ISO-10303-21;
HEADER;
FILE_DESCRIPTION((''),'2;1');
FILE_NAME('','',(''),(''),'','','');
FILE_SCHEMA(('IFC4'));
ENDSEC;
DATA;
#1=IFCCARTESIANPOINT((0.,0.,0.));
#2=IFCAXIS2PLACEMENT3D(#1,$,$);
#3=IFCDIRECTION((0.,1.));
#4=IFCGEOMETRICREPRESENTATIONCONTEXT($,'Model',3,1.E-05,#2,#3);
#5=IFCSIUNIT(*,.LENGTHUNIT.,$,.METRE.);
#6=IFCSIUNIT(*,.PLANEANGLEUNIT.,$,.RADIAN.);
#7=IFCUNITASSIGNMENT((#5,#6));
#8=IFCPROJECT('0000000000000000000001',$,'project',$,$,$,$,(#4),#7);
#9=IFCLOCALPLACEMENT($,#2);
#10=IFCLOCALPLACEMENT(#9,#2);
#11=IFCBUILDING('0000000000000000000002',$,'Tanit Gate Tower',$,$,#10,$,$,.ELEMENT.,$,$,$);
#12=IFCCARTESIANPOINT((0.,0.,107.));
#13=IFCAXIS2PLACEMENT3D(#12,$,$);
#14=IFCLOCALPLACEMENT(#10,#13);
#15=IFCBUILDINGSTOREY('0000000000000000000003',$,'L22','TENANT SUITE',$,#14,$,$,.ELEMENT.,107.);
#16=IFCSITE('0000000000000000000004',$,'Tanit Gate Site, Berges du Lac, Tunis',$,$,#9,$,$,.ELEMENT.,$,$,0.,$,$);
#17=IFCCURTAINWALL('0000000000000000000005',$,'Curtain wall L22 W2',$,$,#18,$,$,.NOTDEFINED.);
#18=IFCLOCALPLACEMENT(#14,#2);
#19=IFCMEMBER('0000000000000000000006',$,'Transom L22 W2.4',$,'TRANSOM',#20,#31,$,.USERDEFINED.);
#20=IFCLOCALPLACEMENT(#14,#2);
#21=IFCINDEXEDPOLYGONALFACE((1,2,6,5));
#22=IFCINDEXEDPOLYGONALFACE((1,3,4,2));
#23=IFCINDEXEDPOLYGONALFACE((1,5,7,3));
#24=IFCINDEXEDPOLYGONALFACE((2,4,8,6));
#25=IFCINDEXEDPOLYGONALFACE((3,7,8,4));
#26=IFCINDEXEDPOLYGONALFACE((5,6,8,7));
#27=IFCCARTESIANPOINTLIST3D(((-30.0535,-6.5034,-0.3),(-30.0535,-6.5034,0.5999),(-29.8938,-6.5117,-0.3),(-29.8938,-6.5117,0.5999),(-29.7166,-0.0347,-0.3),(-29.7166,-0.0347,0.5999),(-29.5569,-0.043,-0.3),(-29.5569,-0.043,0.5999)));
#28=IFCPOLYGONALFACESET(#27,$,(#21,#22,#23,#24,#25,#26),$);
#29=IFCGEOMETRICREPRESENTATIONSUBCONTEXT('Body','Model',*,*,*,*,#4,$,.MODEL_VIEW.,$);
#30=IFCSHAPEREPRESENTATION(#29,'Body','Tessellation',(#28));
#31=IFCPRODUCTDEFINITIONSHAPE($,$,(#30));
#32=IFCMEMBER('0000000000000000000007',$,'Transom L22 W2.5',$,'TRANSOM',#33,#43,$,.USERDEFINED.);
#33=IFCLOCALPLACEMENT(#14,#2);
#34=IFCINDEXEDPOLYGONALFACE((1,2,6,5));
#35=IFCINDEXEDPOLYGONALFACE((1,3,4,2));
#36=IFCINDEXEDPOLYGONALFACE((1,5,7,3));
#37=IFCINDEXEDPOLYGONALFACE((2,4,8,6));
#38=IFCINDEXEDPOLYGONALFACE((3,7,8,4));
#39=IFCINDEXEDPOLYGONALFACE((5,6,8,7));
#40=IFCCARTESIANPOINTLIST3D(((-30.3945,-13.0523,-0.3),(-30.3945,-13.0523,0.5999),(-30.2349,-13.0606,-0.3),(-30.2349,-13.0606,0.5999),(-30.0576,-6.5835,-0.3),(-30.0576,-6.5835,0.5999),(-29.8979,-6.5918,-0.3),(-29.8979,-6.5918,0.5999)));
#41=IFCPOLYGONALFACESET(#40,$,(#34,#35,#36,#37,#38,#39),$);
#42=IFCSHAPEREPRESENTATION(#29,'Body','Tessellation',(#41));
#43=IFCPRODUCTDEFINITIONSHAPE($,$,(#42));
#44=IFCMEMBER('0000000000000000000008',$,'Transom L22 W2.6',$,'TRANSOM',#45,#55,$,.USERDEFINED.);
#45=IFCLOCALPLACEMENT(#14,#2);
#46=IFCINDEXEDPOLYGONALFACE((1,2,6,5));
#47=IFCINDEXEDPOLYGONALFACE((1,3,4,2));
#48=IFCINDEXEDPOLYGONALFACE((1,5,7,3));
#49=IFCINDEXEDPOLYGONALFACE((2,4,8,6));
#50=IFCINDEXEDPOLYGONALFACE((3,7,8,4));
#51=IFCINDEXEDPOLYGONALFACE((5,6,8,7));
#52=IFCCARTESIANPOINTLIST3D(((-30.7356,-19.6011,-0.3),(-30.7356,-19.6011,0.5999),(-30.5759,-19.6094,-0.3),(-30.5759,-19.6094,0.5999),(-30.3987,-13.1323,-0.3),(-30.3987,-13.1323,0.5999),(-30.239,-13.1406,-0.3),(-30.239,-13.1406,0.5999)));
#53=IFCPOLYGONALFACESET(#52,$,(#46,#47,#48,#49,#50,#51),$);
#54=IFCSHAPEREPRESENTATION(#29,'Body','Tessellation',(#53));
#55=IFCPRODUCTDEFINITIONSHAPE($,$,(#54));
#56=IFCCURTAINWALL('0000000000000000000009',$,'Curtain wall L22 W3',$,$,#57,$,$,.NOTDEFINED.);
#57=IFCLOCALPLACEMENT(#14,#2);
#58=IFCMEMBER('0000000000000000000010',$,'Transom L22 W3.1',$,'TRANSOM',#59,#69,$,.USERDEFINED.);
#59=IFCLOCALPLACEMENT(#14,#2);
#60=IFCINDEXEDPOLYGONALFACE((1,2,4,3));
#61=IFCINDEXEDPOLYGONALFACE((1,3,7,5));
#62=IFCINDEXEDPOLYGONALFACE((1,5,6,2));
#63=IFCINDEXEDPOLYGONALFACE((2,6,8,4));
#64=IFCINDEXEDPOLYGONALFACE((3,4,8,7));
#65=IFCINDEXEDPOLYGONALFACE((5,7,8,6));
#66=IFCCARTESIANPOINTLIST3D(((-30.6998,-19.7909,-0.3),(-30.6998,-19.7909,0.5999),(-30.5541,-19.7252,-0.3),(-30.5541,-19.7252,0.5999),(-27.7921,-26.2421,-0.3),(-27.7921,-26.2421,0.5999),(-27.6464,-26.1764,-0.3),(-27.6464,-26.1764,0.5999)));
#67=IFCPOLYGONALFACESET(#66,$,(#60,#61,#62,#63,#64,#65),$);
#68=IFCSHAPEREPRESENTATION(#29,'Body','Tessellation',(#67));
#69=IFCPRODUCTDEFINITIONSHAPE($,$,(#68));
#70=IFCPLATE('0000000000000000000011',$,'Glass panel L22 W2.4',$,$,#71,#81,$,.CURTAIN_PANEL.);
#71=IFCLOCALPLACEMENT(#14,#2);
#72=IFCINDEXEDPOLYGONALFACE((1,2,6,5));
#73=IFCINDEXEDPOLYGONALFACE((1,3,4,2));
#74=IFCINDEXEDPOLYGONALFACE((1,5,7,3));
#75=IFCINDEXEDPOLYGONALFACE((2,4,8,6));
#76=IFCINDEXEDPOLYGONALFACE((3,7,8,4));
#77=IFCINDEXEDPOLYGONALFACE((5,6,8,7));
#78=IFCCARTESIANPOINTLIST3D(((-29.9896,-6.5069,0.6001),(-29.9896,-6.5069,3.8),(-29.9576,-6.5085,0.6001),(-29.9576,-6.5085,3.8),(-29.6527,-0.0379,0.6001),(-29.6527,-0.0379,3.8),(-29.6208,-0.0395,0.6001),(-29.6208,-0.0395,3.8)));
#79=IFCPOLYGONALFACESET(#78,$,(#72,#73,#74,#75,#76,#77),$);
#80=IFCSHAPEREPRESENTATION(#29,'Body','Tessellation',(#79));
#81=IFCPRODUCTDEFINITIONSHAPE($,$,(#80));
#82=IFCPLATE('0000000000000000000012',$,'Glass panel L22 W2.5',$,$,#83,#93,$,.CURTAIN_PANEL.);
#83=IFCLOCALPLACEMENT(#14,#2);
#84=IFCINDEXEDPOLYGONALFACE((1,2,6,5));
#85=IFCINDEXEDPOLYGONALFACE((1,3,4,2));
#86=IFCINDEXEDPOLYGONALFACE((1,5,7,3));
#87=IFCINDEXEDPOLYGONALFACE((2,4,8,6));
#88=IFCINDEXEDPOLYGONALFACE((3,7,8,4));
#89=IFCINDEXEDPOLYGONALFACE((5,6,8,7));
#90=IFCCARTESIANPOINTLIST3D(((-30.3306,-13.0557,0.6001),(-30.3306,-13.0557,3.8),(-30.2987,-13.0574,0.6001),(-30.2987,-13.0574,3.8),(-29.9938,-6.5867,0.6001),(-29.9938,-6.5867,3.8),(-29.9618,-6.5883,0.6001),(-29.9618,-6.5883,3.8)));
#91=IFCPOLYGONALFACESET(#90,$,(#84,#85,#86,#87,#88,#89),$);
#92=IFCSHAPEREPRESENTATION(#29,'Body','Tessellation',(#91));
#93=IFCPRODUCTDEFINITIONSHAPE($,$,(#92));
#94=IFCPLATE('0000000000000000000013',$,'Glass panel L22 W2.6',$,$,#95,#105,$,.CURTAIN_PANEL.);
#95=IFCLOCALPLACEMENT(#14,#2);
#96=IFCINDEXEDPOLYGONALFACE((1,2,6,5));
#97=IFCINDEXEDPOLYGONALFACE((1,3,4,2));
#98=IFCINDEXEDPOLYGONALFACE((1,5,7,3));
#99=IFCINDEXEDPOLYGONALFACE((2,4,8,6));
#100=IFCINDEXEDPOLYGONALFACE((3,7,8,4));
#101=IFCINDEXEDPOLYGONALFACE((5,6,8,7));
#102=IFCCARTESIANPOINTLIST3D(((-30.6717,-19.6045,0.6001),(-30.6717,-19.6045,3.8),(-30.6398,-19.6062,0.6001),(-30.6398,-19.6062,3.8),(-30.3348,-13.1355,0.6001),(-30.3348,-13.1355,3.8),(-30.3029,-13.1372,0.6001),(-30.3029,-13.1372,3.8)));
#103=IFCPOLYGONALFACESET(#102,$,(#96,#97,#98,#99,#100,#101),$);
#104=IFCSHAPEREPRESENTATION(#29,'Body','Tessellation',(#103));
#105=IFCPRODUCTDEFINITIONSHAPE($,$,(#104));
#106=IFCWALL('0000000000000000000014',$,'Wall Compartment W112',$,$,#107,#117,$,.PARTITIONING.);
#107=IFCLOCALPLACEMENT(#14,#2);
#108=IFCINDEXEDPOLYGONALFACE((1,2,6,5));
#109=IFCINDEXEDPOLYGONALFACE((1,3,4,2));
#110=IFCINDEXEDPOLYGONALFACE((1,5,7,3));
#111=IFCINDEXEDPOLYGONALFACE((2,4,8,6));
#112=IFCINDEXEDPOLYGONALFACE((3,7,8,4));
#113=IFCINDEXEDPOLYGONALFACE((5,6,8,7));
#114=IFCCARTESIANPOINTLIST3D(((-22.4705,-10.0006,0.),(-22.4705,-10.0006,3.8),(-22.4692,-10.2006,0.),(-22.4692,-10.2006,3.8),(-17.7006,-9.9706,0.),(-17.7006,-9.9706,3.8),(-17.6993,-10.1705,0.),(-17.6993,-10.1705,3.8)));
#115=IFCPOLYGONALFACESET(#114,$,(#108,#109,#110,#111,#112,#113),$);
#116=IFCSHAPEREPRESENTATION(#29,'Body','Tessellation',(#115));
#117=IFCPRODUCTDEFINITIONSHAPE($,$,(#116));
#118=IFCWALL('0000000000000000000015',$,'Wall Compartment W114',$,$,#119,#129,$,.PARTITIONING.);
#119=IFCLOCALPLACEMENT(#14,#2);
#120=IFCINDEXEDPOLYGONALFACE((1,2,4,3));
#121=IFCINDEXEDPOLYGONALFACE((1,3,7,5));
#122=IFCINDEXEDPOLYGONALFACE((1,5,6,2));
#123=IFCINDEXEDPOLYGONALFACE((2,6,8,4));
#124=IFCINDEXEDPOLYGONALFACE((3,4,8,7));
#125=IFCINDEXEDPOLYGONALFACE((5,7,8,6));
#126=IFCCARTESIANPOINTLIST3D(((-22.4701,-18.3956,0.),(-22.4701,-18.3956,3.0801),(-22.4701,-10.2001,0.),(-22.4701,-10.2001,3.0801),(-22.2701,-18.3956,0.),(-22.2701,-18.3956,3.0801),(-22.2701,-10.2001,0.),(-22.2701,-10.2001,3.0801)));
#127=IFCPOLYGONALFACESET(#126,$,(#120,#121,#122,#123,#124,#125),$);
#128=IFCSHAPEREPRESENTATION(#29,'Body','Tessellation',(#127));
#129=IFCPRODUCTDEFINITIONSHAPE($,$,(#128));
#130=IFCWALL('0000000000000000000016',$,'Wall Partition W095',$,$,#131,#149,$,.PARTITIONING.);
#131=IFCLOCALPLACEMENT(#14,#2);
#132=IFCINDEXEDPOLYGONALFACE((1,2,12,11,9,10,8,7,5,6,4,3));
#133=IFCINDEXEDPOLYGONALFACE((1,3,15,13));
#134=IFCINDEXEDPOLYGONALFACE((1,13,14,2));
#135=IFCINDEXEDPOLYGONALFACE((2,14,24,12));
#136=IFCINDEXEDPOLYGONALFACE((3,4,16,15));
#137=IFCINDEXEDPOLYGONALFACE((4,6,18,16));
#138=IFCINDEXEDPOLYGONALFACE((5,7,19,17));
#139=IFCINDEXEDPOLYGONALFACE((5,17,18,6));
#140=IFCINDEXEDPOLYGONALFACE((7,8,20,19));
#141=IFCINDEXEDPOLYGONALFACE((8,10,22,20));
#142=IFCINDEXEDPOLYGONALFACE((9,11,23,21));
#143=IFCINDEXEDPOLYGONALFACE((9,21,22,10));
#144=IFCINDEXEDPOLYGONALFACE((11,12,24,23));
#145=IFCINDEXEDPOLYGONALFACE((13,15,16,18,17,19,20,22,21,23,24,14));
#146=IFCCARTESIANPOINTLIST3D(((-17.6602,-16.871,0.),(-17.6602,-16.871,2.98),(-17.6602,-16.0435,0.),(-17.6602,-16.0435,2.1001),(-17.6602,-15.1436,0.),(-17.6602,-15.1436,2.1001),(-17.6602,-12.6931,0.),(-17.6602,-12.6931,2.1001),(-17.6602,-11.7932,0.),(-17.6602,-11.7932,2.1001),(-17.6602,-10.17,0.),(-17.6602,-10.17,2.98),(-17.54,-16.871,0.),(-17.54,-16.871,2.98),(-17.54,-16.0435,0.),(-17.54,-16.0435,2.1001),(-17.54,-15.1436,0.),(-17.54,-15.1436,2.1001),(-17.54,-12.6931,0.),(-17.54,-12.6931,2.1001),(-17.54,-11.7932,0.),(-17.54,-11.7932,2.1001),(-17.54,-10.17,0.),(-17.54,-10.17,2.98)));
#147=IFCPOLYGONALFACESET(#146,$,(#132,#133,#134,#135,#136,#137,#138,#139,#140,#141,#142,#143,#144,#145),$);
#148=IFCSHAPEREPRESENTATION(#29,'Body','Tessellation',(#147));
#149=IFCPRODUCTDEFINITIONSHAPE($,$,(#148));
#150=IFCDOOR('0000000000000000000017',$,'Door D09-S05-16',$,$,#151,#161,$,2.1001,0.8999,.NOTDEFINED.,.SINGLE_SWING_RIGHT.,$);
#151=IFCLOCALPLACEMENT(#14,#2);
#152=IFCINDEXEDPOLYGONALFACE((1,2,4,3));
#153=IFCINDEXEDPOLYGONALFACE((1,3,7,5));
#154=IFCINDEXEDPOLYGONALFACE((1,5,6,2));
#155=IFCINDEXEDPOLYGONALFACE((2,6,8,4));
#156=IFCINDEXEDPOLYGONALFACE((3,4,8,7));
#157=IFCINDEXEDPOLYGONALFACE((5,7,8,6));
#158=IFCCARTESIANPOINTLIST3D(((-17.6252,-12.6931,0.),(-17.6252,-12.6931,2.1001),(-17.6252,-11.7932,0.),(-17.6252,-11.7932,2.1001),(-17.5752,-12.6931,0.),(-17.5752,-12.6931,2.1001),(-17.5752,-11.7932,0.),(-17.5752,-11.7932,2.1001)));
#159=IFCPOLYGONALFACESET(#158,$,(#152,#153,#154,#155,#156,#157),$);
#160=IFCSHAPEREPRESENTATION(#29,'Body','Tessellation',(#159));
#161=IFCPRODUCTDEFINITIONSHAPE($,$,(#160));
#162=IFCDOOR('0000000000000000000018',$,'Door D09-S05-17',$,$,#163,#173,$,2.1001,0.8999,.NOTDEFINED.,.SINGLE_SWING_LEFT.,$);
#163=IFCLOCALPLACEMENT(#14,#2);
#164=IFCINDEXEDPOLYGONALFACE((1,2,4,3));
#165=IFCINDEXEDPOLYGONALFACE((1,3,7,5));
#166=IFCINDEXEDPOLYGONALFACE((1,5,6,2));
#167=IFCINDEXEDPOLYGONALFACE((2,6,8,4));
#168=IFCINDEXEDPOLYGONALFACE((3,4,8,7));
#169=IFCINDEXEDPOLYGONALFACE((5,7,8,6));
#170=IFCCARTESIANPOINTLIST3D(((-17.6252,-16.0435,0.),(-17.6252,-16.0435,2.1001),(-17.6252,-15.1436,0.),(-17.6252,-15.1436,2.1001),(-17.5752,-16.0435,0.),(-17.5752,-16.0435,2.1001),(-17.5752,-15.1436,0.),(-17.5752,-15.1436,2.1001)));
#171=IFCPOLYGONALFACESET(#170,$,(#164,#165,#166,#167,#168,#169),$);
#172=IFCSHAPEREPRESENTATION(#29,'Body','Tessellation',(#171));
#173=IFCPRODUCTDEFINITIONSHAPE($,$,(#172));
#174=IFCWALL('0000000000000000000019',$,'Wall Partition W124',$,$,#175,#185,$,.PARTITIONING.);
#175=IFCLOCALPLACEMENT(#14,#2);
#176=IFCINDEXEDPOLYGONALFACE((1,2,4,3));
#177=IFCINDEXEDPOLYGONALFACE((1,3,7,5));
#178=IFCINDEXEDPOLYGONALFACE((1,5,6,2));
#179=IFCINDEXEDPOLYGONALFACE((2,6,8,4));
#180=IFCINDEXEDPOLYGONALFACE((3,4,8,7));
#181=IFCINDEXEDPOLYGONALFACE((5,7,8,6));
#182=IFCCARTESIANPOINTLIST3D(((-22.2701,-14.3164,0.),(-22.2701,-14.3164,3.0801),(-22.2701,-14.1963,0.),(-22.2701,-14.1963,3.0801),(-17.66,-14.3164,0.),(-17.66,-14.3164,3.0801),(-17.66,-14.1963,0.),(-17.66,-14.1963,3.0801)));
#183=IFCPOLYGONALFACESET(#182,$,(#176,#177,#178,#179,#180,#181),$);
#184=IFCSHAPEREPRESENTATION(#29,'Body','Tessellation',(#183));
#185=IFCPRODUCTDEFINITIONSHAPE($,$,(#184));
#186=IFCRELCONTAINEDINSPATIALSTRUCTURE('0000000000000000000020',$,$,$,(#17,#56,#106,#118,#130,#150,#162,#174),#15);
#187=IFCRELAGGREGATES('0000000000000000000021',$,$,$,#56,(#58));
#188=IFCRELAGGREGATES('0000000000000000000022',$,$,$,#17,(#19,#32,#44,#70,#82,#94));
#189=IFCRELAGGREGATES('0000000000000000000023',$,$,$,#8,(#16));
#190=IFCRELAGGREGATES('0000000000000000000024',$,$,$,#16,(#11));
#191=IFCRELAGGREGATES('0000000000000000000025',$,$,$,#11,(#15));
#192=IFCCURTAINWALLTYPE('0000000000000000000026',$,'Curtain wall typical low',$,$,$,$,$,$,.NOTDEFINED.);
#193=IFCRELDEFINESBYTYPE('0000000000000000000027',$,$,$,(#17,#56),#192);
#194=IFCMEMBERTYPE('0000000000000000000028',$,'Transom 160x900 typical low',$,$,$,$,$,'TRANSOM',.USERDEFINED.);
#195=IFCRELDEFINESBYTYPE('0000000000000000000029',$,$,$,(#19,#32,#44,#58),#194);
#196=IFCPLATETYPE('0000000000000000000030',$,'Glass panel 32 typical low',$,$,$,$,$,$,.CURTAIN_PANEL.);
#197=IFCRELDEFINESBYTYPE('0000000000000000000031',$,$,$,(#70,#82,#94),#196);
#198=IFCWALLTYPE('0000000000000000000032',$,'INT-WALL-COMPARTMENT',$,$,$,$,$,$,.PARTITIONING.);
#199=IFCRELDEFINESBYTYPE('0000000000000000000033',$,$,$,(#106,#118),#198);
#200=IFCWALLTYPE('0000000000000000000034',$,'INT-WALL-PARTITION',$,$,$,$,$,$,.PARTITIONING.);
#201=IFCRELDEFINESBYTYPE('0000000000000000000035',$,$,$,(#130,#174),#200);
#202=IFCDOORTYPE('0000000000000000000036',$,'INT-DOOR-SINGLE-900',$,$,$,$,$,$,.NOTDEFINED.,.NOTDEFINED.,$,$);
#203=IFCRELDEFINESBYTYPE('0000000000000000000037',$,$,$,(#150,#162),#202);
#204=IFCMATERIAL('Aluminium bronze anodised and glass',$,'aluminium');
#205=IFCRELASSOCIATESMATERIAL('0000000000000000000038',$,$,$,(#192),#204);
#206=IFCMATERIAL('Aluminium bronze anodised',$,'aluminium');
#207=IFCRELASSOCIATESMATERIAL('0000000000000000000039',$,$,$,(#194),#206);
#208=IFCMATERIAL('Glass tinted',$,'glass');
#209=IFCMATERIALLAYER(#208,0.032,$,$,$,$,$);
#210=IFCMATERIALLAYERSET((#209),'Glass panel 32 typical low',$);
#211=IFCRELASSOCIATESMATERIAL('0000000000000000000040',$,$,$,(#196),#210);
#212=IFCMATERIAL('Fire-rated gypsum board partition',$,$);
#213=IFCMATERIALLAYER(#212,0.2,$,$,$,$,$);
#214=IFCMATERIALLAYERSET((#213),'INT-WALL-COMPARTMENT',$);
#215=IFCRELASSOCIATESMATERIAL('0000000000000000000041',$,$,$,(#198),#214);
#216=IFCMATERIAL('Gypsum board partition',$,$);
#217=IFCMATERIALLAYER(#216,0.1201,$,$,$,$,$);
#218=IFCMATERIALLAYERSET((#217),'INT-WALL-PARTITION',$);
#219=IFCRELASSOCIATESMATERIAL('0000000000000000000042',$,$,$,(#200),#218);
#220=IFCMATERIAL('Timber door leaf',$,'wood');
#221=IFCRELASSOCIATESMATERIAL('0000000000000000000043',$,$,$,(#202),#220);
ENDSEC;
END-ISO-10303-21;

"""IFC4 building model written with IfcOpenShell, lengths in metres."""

from ifc_helpers import new_model, si_unit, direction, frame, frame_2d, origin, origin_2d, place, context, subcontext, project, spatial, rectangle, extrude, material, layer, layer_set, material_profile, profile_set, type_object, element, fill, aggregate, save


model = new_model("IFC4")

# Units and contexts
model_context = context("Model", 3, precision=1e-05, world=origin(), true_north=direction((0.0, 1.0)))
body_context = subcontext(model_context, "Body", "Model", "MODEL_VIEW")
ifc_project = project(units=[si_unit("LENGTHUNIT", "METRE"), si_unit("PLANEANGLEUNIT", "RADIAN")], contexts=[model_context])

# Site, building, storey
site_placement = place(None, origin())
site = spatial("IfcSite", under=ifc_project, at=site_placement, Name="Tanit Gate Site, Berges du Lac, Tunis", CompositionType="ELEMENT", RefElevation=0.0)
building_placement = place(site_placement, origin())
building = spatial("IfcBuilding", under=site, at=building_placement, Name="Tanit Gate Tower", CompositionType="ELEMENT")
storey_placement = place(building_placement, frame((0.0, 0.0, 107.0)))
storey = spatial("IfcBuildingStorey", under=building, at=storey_placement, Name="L22", Description="TENANT SUITE", CompositionType="ELEMENT", Elevation=107.0)

# Curtain wall
ifc_material_1 = material(Name="Aluminium bronze anodised and glass", Category="aluminium")
curtain_wall_type = type_object("IfcCurtainWallType", Name="Curtain wall typical low", PredefinedType="NOTDEFINED", material=ifc_material_1)
curtain_wall_1_placement = place(storey_placement, origin())
curtain_wall_1 = element("IfcCurtainWall", 1, at=curtain_wall_1_placement, inside=storey, type_object=curtain_wall_type, Name="Curtain wall L22 W2", PredefinedType="NOTDEFINED")

# Members
ifc_material_2 = material(Name="Aluminium bronze anodised", Category="aluminium")
ifc_material_profile_1 = material_profile(ifc_material_2, rectangle(XDim=0.1599, YDim=0.8999, at=origin_2d()), Name="160x900 bronze transom")
ifc_profile_set_1 = profile_set([ifc_material_profile_1], Name="Aluminium bronze anodised")
member_type_1 = type_object("IfcMemberType", Name="Transom 160x900 typical low", ElementType="TRANSOM", PredefinedType="USERDEFINED", material=ifc_profile_set_1)
member_1_placement = place(storey_placement, frame((-29.6367, -0.0388, 0.1499), z_axis=(-0.052013, -0.998646, 0.0), x_axis=(0.998646, -0.052013, 0.0)))
member_1 = element("IfcMember", 2, at=member_1_placement, type_object=member_type_1, Name="Transom L22 W2.4", ObjectType="TRANSOM", PredefinedType="USERDEFINED", context=body_context, shape_type="SweptSolid", body=[
    extrude(rectangle(XDim=0.1599, YDim=0.8999, at=origin_2d()), origin(), (0.0, 0.0, 1.0), 6.4775),
])
member_2_placement = place(storey_placement, frame((-29.9778, -6.5876, 0.1499), z_axis=(-0.052013, -0.998646, 0.0), x_axis=(0.998646, -0.052013, 0.0)))
member_2 = element("IfcMember", 3, at=member_2_placement, type_object=member_type_1, Name="Transom L22 W2.5", ObjectType="TRANSOM", PredefinedType="USERDEFINED", context=body_context, shape_type="SweptSolid", body=[
    extrude(rectangle(XDim=0.1599, YDim=0.8999, at=origin_2d()), origin(), (0.0, 0.0, 1.0), 6.4775),
])
member_3_placement = place(storey_placement, frame((-30.3188, -13.1365, 0.1499), z_axis=(-0.052013, -0.998646, 0.0), x_axis=(0.998646, -0.052013, 0.0)))
member_3 = element("IfcMember", 4, at=member_3_placement, type_object=member_type_1, Name="Transom L22 W2.6", ObjectType="TRANSOM", PredefinedType="USERDEFINED", context=body_context, shape_type="SweptSolid", body=[
    extrude(rectangle(XDim=0.1599, YDim=0.8999, at=origin_2d()), origin(), (0.0, 0.0, 1.0), 6.4775),
])

# Curtain wall, member
curtain_wall_2_placement = place(storey_placement, origin())
curtain_wall_2 = element("IfcCurtainWall", 5, at=curtain_wall_2_placement, inside=storey, type_object=curtain_wall_type, Name="Curtain wall L22 W3", PredefinedType="NOTDEFINED")
member_4_placement = place(storey_placement, frame((-30.627, -19.7581, 0.1499), z_axis=(0.410915, -0.911673, 0.0), x_axis=(0.911673, 0.410915, 0.0)))
member_4 = element("IfcMember", 6, at=member_4_placement, type_object=member_type_1, Name="Transom L22 W3.1", ObjectType="TRANSOM", PredefinedType="USERDEFINED", context=body_context, shape_type="SweptSolid", body=[
    extrude(rectangle(XDim=0.1599, YDim=0.8999, at=origin_2d()), origin(), (0.0, 0.0, 1.0), 7.0762),
])
aggregate(curtain_wall_2, [member_4])

# Plates
ifc_material_3 = material(Name="Glass tinted", Category="glass")
ifc_layer_1 = layer(ifc_material_3, 0.032)
ifc_layer_set_1 = layer_set([ifc_layer_1], Name="Glass panel 32 typical low")
plate_type = type_object("IfcPlateType", Name="Glass panel 32 typical low", PredefinedType="CURTAIN_PANEL", material=ifc_layer_set_1)
plate_1_placement = place(storey_placement, frame((-29.8052, -3.2732, 0.6001), z_axis=(0.0, 0.0, 1.0), x_axis=(-0.052003, -0.998647, 0.0)))
plate_1 = element("IfcPlate", 7, at=plate_1_placement, type_object=plate_type, Name="Glass panel L22 W2.4", PredefinedType="CURTAIN_PANEL", context=body_context, shape_type="SweptSolid", body=[
    extrude(rectangle(XDim=6.4778, YDim=0.032, at=origin_2d()), origin(), (0.0, 0.0, 1.0), 3.2),
])
plate_2_placement = place(storey_placement, frame((-30.1462, -9.822, 0.6001), z_axis=(0.0, 0.0, 1.0), x_axis=(-0.052003, -0.998647, 0.0)))
plate_2 = element("IfcPlate", 8, at=plate_2_placement, type_object=plate_type, Name="Glass panel L22 W2.5", PredefinedType="CURTAIN_PANEL", context=body_context, shape_type="SweptSolid", body=[
    extrude(rectangle(XDim=6.4778, YDim=0.032, at=origin_2d()), origin(), (0.0, 0.0, 1.0), 3.2),
])
plate_3_placement = place(storey_placement, frame((-30.4873, -16.3708, 0.6001), z_axis=(0.0, 0.0, 1.0), x_axis=(-0.052003, -0.998647, 0.0)))
plate_3 = element("IfcPlate", 9, at=plate_3_placement, type_object=plate_type, Name="Glass panel L22 W2.6", PredefinedType="CURTAIN_PANEL", context=body_context, shape_type="SweptSolid", body=[
    extrude(rectangle(XDim=6.4778, YDim=0.032, at=origin_2d()), origin(), (0.0, 0.0, 1.0), 3.2),
])
aggregate(curtain_wall_1, [member_1, member_2, member_3, plate_1, plate_2, plate_3])

# Walls
ifc_material_4 = material(Name="Fire-rated gypsum board partition")
ifc_layer_2 = layer(ifc_material_4, 0.2)
ifc_layer_set_2 = layer_set([ifc_layer_2], Name="INT-WALL-COMPARTMENT")
wall_type_1 = type_object("IfcWallType", Name="INT-WALL-COMPARTMENT", PredefinedType="PARTITIONING", material=ifc_layer_set_2)
wall_1_placement = place(storey_placement, frame((-17.7, -10.0706, 0.0), z_axis=(0.0, 0.0, 1.0), x_axis=(-0.99998, -0.006295, 0.0)))
element("IfcWall", 10, at=wall_1_placement, inside=storey, type_object=wall_type_1, Name="Wall Compartment W112", PredefinedType="PARTITIONING", context=body_context, shape_type="SweptSolid", body=[
    extrude(rectangle(XDim=4.77, YDim=0.2, at=frame_2d((2.385, 0.0))), origin(), (0.0, 0.0, 1.0), 3.8),
])
wall_2_placement = place(storey_placement, frame((-22.3701, -18.3955, 0.0), z_axis=(0.0, 0.0, 1.0), x_axis=(0.0, 1.0, 0.0)))
element("IfcWall", 11, at=wall_2_placement, inside=storey, type_object=wall_type_1, Name="Wall Compartment W114", PredefinedType="PARTITIONING", context=body_context, shape_type="SweptSolid", body=[
    extrude(rectangle(XDim=8.1956, YDim=0.2, at=frame_2d((4.0977, 0.0))), origin(), (0.0, 0.0, 1.0), 3.0801),
])

# Wall, openings, doors
ifc_material_5 = material(Name="Gypsum board partition")
ifc_layer_3 = layer(ifc_material_5, 0.1201)
ifc_layer_set_3 = layer_set([ifc_layer_3], Name="INT-WALL-PARTITION")
wall_type_2 = type_object("IfcWallType", Name="INT-WALL-PARTITION", PredefinedType="PARTITIONING", material=ifc_layer_set_3)
wall_3_placement = place(storey_placement, frame((-17.6001, -10.1699, 0.0), z_axis=(0.0, 0.0, 1.0), x_axis=(0.0, -1.0, 0.0)))
wall_3 = element("IfcWall", 12, at=wall_3_placement, inside=storey, type_object=wall_type_2, Name="Wall Partition W095", PredefinedType="PARTITIONING", context=body_context, shape_type="SweptSolid", body=[
    extrude(rectangle(XDim=6.7009, YDim=0.1201, at=frame_2d((3.3506, 0.0))), origin(), (0.0, 0.0, 1.0), 2.98),
])
opening_1_placement = place(wall_3_placement, frame((1.6233, 0.0, 0.0)))
opening_1 = element("IfcOpeningElement", 13, at=opening_1_placement, cuts=wall_3, PredefinedType="OPENING", context=body_context, shape_type="SweptSolid", body=[
    extrude(rectangle(XDim=0.8999, YDim=2.1001, at=frame_2d((0.45, 1.05))), frame((0.0, 0.0701, 0.0), z_axis=(0.0, -1.0, 0.0), x_axis=(1.0, 0.0, 0.0)), (0.0, 0.0, 1.0), 0.1401),
])
opening_2_placement = place(wall_3_placement, frame((4.9736, 0.0, 0.0)))
opening_2 = element("IfcOpeningElement", 14, at=opening_2_placement, cuts=wall_3, PredefinedType="OPENING", context=body_context, shape_type="SweptSolid", body=[
    extrude(rectangle(XDim=0.8999, YDim=2.1001, at=frame_2d((0.45, 1.05))), frame((0.0, 0.0701, 0.0), z_axis=(0.0, -1.0, 0.0), x_axis=(1.0, 0.0, 0.0)), (0.0, 0.0, 1.0), 0.1401),
])
ifc_material_6 = material(Name="Timber door leaf", Category="wood")
door_type = type_object("IfcDoorType", Name="INT-DOOR-SINGLE-900", OperationType="NOTDEFINED", PredefinedType="NOTDEFINED", material=ifc_material_6)
door_1_placement = place(opening_1_placement, origin())
door_1 = element("IfcDoor", 15, at=door_1_placement, inside=storey, type_object=door_type, Name="Door D09-S05-16", OperationType="SINGLE_SWING_RIGHT", OverallHeight=2.1001, OverallWidth=0.8999, PredefinedType="NOTDEFINED", context=body_context, shape_type="SweptSolid", body=[
    extrude(rectangle(XDim=0.8999, YDim=2.1001, at=frame_2d((0.45, 1.05))), frame((0.0, 0.0249, 0.0), z_axis=(0.0, -1.0, 0.0), x_axis=(1.0, 0.0, 0.0)), (0.0, 0.0, 1.0), 0.05),
])
fill(opening_1, door_1)
door_2_placement = place(opening_2_placement, origin())
door_2 = element("IfcDoor", 16, at=door_2_placement, inside=storey, type_object=door_type, Name="Door D09-S05-17", OperationType="SINGLE_SWING_LEFT", OverallHeight=2.1001, OverallWidth=0.8999, PredefinedType="NOTDEFINED", context=body_context, shape_type="SweptSolid", body=[
    extrude(rectangle(XDim=0.8999, YDim=2.1001, at=frame_2d((0.45, 1.05))), frame((0.0, 0.0249, 0.0), z_axis=(0.0, -1.0, 0.0), x_axis=(1.0, 0.0, 0.0)), (0.0, 0.0, 1.0), 0.05),
])
fill(opening_2, door_2)

# Wall
wall_4_placement = place(storey_placement, frame((-17.6599, -14.2563, 0.0), z_axis=(0.0, 0.0, 1.0), x_axis=(-1.0, 0.0, 0.0)))
element("IfcWall", 17, at=wall_4_placement, inside=storey, type_object=wall_type_2, Name="Wall Partition W124", PredefinedType="PARTITIONING", context=body_context, shape_type="SweptSolid", body=[
    extrude(rectangle(XDim=4.6101, YDim=0.1201, at=frame_2d((2.3052, 0.0))), origin(), (0.0, 0.0, 1.0), 3.0801),
])

save(model, "model.ifc")
